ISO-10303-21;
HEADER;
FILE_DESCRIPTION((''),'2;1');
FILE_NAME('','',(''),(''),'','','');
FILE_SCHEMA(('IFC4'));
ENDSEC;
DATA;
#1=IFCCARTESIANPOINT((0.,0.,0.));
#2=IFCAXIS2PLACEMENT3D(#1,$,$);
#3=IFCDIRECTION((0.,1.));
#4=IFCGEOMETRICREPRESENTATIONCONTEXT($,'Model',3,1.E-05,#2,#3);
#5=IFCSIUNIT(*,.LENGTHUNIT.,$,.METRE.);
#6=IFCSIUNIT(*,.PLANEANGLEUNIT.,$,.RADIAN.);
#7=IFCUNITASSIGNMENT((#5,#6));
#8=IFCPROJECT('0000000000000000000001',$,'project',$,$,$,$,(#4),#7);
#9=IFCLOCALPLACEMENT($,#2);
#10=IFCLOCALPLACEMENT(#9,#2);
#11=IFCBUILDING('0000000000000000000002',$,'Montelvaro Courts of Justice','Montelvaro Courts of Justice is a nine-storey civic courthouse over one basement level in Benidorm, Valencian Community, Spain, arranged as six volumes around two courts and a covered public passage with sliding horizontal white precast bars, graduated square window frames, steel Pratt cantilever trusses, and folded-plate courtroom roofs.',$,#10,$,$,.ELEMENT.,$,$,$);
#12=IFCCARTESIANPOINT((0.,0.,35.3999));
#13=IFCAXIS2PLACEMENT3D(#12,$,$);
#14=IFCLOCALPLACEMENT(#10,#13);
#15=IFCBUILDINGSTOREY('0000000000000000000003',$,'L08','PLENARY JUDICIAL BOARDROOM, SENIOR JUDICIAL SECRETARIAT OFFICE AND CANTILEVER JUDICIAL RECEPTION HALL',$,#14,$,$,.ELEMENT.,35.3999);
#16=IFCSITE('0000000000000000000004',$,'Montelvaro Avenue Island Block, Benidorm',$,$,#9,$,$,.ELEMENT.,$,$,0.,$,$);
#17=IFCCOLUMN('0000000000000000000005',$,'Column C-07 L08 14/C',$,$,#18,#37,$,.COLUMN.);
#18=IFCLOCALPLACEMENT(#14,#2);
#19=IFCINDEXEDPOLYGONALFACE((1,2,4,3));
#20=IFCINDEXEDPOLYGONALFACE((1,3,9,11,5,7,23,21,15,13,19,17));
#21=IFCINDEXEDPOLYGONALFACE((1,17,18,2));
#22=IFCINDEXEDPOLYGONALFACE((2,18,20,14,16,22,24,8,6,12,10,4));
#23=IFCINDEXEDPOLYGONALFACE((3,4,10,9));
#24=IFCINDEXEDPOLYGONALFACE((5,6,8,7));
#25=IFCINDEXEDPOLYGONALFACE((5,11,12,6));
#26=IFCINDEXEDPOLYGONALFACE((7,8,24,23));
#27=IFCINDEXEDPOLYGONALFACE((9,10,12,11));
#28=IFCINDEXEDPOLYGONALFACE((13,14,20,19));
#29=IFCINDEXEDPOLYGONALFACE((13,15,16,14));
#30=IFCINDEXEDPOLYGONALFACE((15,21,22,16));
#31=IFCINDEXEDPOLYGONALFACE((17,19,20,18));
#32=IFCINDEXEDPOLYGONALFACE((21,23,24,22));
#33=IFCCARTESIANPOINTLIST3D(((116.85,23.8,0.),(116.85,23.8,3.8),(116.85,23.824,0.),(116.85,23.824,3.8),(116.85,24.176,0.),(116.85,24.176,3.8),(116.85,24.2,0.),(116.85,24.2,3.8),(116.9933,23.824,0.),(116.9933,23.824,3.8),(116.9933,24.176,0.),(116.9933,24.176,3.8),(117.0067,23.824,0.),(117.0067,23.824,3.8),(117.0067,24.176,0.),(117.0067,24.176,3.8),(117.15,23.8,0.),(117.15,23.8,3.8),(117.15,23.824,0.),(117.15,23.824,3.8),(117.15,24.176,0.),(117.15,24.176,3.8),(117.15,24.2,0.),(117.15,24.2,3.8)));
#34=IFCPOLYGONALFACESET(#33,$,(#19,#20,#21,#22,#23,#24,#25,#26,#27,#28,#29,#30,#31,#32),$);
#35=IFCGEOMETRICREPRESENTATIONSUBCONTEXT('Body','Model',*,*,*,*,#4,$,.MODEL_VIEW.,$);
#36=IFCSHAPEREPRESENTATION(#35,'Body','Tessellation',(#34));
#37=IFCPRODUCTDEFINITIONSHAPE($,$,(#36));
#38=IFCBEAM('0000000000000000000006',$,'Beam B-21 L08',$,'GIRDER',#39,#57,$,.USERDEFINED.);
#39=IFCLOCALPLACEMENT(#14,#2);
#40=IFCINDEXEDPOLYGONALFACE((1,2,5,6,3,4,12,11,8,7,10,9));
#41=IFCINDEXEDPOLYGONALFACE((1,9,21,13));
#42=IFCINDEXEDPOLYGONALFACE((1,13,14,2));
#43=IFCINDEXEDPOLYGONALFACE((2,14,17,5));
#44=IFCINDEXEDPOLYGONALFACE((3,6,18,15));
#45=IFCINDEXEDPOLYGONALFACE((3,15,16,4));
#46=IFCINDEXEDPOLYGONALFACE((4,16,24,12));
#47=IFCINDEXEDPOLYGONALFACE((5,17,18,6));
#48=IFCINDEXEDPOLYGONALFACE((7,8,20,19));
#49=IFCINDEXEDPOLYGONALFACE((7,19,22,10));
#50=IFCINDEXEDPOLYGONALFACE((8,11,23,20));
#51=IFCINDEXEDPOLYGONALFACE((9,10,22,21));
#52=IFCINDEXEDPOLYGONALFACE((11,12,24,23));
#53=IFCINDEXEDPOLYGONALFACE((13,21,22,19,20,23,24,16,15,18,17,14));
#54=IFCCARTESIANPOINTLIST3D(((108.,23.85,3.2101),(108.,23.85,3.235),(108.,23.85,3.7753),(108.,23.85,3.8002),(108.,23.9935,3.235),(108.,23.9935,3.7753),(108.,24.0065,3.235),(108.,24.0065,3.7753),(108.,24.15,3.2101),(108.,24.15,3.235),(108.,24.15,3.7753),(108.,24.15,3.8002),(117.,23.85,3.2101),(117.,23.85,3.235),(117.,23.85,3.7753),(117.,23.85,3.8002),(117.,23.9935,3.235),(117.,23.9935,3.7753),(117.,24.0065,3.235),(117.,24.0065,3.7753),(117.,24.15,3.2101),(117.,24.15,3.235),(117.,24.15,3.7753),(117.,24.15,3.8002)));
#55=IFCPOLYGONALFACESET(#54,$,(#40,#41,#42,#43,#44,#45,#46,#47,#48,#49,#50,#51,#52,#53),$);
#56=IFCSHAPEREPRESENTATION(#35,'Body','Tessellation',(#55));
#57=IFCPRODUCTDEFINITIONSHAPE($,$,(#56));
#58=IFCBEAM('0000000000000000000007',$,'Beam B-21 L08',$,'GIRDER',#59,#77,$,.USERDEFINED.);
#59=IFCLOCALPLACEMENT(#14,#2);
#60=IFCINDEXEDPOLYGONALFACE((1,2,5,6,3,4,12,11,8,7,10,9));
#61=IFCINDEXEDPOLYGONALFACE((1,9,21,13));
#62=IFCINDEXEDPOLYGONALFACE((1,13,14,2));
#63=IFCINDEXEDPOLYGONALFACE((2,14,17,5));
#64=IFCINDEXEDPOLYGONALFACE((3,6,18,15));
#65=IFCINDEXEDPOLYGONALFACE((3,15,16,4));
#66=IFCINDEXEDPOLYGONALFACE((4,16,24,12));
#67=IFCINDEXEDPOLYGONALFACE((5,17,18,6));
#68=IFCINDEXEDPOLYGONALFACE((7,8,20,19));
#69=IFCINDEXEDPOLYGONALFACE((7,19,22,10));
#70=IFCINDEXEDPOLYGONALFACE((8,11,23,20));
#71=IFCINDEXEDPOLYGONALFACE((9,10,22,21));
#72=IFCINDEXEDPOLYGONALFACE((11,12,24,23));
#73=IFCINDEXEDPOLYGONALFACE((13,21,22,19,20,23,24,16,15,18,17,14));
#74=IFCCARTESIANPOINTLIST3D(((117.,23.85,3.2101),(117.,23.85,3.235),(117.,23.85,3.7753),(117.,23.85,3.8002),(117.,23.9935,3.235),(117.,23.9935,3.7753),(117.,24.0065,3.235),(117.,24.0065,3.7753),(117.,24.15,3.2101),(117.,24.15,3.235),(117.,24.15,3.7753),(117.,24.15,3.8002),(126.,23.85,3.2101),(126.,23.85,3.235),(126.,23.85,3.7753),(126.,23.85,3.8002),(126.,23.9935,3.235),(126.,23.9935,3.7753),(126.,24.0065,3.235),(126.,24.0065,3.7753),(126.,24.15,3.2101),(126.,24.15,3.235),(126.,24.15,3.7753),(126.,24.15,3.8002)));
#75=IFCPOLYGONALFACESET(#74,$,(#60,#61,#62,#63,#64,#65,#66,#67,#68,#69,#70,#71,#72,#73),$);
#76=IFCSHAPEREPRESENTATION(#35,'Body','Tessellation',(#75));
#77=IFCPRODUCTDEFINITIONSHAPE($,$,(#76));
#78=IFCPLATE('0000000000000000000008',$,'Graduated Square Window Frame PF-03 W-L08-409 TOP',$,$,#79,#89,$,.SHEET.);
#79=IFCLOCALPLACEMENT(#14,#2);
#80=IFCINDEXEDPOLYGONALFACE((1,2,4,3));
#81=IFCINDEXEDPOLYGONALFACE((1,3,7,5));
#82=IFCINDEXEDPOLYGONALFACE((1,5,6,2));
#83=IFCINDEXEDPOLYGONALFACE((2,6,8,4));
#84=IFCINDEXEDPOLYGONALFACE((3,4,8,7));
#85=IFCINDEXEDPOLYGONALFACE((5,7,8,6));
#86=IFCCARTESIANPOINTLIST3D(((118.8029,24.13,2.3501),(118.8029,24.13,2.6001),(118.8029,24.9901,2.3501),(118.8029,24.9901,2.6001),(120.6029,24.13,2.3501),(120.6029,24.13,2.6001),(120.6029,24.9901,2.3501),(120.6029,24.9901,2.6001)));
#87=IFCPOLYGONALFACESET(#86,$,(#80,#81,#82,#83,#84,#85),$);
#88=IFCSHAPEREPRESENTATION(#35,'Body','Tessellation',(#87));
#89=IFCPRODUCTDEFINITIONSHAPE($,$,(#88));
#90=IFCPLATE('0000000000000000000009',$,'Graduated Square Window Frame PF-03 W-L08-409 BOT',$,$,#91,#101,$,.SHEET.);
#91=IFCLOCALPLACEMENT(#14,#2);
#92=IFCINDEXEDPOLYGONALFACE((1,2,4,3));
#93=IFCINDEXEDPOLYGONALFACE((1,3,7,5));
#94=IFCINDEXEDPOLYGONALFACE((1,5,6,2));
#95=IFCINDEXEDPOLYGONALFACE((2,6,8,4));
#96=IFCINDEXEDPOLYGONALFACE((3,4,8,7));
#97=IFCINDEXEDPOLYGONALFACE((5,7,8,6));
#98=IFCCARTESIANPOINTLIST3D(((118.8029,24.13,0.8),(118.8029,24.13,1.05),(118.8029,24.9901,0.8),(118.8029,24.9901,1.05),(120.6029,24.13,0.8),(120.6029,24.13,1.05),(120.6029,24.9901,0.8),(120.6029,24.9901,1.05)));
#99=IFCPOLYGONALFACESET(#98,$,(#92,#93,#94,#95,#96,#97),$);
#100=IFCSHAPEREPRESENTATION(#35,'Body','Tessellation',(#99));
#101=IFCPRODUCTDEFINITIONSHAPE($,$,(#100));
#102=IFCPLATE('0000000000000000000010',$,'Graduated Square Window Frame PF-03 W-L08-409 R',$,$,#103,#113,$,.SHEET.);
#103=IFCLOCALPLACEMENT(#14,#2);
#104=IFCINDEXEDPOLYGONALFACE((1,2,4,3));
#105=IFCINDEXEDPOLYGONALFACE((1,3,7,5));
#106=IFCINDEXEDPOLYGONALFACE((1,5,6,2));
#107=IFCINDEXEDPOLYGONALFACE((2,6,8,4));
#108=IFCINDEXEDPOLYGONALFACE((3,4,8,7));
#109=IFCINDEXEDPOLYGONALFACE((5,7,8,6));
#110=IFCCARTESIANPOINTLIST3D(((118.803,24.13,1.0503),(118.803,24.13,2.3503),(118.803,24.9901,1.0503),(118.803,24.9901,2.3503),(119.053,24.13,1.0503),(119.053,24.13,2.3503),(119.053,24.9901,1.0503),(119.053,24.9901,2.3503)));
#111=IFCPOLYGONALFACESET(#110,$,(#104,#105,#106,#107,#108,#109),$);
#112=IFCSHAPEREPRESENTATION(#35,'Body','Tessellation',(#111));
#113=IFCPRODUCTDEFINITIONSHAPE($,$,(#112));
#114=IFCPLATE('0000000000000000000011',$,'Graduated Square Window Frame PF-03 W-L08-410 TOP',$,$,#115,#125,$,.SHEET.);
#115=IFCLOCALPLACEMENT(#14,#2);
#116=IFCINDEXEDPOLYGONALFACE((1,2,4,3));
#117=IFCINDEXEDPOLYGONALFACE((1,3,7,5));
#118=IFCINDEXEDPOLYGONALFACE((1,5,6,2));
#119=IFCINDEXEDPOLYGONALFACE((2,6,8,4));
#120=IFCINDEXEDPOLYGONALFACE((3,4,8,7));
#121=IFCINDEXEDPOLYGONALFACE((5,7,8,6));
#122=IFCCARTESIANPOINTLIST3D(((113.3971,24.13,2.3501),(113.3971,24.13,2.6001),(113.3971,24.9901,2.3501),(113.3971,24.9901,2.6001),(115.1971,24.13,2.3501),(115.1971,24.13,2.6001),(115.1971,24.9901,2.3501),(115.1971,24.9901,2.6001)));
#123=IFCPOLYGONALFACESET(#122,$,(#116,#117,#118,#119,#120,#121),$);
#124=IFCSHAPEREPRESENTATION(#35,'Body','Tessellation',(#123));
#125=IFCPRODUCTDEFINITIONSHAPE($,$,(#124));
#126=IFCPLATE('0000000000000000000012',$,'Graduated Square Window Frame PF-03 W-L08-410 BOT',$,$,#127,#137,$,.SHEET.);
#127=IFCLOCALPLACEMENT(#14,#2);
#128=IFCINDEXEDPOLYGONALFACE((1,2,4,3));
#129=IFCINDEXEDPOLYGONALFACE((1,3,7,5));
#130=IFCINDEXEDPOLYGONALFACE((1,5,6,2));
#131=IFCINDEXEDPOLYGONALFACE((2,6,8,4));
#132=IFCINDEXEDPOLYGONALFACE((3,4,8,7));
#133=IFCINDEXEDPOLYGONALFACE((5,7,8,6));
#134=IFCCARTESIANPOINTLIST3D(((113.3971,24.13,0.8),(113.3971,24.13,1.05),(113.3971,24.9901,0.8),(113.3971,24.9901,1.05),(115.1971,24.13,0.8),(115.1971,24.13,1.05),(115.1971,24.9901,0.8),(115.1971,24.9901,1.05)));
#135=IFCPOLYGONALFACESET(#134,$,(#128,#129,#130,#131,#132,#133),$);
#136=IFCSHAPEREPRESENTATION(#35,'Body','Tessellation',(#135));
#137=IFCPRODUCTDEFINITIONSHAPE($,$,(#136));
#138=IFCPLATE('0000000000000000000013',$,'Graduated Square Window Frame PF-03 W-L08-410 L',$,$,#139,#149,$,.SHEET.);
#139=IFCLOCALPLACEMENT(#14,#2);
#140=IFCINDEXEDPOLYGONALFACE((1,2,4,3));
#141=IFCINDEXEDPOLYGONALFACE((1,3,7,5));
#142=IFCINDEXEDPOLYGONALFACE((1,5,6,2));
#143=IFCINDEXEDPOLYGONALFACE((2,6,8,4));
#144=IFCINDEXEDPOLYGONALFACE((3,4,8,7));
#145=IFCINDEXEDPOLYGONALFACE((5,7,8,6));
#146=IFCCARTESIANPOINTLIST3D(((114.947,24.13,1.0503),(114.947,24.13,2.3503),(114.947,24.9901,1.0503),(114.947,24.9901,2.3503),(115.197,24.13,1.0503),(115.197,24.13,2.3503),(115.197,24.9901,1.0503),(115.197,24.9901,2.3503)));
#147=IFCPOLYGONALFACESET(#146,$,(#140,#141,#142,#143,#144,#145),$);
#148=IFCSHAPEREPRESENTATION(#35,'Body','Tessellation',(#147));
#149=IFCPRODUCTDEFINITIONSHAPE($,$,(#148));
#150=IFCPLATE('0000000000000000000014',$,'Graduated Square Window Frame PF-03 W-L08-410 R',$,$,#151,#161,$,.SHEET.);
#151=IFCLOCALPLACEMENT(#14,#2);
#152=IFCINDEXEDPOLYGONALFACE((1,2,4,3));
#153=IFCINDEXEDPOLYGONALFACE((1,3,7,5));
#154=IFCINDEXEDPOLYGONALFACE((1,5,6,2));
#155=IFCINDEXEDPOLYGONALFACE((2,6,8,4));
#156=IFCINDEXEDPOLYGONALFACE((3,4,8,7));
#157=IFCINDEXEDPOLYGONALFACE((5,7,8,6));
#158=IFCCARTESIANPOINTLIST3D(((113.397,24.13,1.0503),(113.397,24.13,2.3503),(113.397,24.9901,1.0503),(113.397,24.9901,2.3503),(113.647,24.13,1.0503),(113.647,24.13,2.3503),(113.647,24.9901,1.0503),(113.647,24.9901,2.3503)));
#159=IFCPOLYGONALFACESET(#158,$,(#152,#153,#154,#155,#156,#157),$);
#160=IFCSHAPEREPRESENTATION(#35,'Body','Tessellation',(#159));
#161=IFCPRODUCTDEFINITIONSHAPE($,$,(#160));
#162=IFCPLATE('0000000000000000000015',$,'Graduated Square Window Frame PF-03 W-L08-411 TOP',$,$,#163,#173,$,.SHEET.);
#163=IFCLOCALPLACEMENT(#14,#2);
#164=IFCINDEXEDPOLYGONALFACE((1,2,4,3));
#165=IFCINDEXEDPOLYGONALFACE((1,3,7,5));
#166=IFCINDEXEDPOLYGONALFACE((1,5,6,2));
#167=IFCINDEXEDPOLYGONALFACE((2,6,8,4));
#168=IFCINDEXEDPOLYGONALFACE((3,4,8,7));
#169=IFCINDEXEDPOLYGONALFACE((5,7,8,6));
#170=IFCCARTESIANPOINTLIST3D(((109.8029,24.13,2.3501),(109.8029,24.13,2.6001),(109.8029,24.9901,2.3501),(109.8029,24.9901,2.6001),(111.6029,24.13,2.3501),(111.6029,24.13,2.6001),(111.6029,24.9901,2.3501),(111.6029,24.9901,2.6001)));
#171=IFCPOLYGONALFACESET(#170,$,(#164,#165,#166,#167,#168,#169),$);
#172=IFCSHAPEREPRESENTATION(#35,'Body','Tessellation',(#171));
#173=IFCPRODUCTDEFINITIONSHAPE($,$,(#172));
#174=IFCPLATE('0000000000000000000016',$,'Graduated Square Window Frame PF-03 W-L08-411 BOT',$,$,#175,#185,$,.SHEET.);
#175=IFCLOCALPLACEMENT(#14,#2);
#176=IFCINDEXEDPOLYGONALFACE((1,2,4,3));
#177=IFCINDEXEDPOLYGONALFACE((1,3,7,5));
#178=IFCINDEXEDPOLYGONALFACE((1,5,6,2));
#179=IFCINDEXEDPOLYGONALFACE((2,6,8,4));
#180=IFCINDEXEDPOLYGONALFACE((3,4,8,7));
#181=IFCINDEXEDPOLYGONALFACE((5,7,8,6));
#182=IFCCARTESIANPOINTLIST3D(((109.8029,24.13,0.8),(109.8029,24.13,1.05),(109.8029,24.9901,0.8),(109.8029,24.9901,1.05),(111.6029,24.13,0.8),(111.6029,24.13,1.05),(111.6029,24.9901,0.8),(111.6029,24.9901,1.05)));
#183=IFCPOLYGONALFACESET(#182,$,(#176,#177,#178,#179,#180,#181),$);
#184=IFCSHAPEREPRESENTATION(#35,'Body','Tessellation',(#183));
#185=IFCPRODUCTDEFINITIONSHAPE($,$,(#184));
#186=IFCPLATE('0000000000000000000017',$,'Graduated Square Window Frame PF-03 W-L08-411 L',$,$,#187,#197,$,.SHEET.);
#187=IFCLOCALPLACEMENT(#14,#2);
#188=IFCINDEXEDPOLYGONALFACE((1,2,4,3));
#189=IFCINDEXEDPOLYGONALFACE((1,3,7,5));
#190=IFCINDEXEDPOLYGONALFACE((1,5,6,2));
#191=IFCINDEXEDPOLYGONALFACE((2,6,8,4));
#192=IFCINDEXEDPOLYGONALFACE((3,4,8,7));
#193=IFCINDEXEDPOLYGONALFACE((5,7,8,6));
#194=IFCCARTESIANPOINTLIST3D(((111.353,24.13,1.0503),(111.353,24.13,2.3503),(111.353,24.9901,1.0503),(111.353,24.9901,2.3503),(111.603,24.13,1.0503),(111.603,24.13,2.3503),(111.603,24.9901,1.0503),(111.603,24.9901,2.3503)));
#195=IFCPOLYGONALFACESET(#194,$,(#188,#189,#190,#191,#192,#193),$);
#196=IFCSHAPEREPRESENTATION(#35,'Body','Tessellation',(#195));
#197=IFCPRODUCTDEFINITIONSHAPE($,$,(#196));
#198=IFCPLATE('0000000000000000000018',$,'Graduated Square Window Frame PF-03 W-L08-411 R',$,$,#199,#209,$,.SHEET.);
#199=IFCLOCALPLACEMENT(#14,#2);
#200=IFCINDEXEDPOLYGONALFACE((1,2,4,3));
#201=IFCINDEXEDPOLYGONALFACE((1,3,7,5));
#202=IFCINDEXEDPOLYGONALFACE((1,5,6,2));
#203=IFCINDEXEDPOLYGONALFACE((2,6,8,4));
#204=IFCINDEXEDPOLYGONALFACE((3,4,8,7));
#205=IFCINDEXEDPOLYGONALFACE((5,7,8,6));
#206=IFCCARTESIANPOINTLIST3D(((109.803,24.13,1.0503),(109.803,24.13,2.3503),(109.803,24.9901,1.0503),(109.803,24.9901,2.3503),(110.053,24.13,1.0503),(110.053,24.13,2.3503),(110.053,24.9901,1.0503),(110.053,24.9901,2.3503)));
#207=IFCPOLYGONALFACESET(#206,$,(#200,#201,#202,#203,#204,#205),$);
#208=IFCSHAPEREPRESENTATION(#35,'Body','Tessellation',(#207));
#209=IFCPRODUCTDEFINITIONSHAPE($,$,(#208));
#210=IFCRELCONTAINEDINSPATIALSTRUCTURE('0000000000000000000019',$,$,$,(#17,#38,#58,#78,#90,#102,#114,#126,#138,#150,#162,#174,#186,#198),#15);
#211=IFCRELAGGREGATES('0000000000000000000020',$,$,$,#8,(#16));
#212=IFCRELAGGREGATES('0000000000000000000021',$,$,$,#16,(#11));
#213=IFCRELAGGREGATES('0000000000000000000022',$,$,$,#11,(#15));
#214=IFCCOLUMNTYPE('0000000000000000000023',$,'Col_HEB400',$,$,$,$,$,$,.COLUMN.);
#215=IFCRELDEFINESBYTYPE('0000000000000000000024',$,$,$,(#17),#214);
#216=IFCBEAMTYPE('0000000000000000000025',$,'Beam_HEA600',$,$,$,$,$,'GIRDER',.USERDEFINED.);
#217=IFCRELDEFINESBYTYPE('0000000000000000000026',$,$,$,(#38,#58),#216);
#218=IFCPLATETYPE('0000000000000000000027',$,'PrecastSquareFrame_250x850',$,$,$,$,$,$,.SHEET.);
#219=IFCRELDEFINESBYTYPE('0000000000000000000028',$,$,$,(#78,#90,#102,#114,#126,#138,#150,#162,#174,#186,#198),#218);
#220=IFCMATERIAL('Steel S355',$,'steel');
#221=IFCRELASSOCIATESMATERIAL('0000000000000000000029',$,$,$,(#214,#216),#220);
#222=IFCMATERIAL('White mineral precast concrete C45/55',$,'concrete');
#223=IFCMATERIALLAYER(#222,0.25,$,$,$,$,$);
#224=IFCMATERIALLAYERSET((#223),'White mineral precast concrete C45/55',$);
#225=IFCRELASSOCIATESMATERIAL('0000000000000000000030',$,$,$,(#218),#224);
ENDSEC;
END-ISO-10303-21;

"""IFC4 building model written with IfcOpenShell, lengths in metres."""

from ifc_helpers import new_model, si_unit, direction, frame, origin, origin_2d, place, context, subcontext, project, spatial, rectangle, i_section, extrude, material, layer, layer_set, material_profile, profile_set, type_object, element, save


model = new_model("IFC4")

# Units and contexts
model_context = context("Model", 3, precision=1e-05, world=origin(), true_north=direction((0.0, 1.0)))
body_context = subcontext(model_context, "Body", "Model", "MODEL_VIEW")
ifc_project = project(units=[si_unit("LENGTHUNIT", "METRE"), si_unit("PLANEANGLEUNIT", "RADIAN")], contexts=[model_context])

# Site, building, storey
site_placement = place(None, origin())
site = spatial("IfcSite", under=ifc_project, at=site_placement, Name="Montelvaro Avenue Island Block, Benidorm", CompositionType="ELEMENT", RefElevation=0.0)
building_placement = place(site_placement, origin())
building = spatial("IfcBuilding", under=site, at=building_placement, Name="Montelvaro Courts of Justice", Description="Montelvaro Courts of Justice is a nine-storey civic courthouse over one basement level in Benidorm, Valencian Community, Spain, arranged as six volumes around two courts and a covered public passage with sliding horizontal white precast bars, graduated square window frames, steel Pratt cantilever trusses, and folded-plate courtroom roofs.", CompositionType="ELEMENT")
storey_placement = place(building_placement, frame((0.0, 0.0, 35.3999)))
storey = spatial("IfcBuildingStorey", under=building, at=storey_placement, Name="L08", Description="PLENARY JUDICIAL BOARDROOM, SENIOR JUDICIAL SECRETARIAT OFFICE AND CANTILEVER JUDICIAL RECEPTION HALL", CompositionType="ELEMENT", Elevation=35.3999)

# Column
ifc_material_1 = material(Name="Steel S355", Category="steel")
ifc_material_profile_1 = material_profile(ifc_material_1, i_section(OverallWidth=0.3, OverallDepth=0.3999, WebThickness=0.0134, FlangeThickness=0.0239, at=origin_2d()), Name="HEB 400")
ifc_profile_set_1 = profile_set([ifc_material_profile_1], Name="Steel S355")
column_type = type_object("IfcColumnType", Name="Col_HEB400", PredefinedType="COLUMN", material=ifc_profile_set_1)
column_placement = place(storey_placement, frame((117.0, 24.0, 0.0), z_axis=(0.0, 0.0, 1.0), x_axis=(1.0, 0.0, 0.0)))
element("IfcColumn", 1, at=column_placement, inside=storey, type_object=column_type, Name="Column C-07 L08 14/C", PredefinedType="COLUMN", context=body_context, shape_type="SweptSolid", body=[
    extrude(i_section(OverallWidth=0.3, OverallDepth=0.3999, WebThickness=0.0134, FlangeThickness=0.0239, at=origin_2d()), origin(), (0.0, 0.0, 1.0), 3.8),
])

# Beams
ifc_material_profile_2 = material_profile(ifc_material_1, i_section(OverallWidth=0.3, OverallDepth=0.5901, WebThickness=0.0129, FlangeThickness=0.0249, at=origin_2d()), Name="HEA 600")
ifc_profile_set_2 = profile_set([ifc_material_profile_2], Name="Steel S355")
beam_type = type_object("IfcBeamType", Name="Beam_HEA600", ElementType="GIRDER", PredefinedType="USERDEFINED", material=ifc_profile_set_2)
for number, where, z_axis, x_axis, name in (
    (2, (108.0, 24.0, 3.5051), (1.0, 0.0, 0.0), (0.0, 1.0, 0.0), "Beam B-21 L08"),
    (3, (117.0, 24.0, 3.5051), (1.0, 0.0, 0.0), (0.0, 1.0, 0.0), "Beam B-21 L08"),
):
    element("IfcBeam", number, at=place(storey_placement, frame(where, z_axis=z_axis, x_axis=x_axis)), inside=storey, type_object=beam_type, Name=name, ObjectType="GIRDER", PredefinedType="USERDEFINED", context=body_context, shape_type="SweptSolid", body=[
        extrude(i_section(OverallWidth=0.3, OverallDepth=0.5901, WebThickness=0.0129, FlangeThickness=0.0249, at=origin_2d()), origin(), (0.0, 0.0, 1.0), 9.0),
    ])

# Plates
ifc_material_2 = material(Name="White mineral precast concrete C45/55", Category="concrete")
ifc_layer_1 = layer(ifc_material_2, 0.25)
ifc_layer_set_1 = layer_set([ifc_layer_1], Name="White mineral precast concrete C45/55")
plate_type = type_object("IfcPlateType", Name="PrecastSquareFrame_250x850", PredefinedType="SHEET", material=ifc_layer_set_1)
for number, where, z_axis, x_axis, name in (
    (4, (119.7029, 24.5601, 2.3501), (0.0, 0.0, 1.0), (-1.0, 0.0, 0.0), "Graduated Square Window Frame PF-03 W-L08-409 TOP"),
    (5, (119.7029, 24.5601, 0.8), (0.0, 0.0, 1.0), (-1.0, 0.0, 0.0), "Graduated Square Window Frame PF-03 W-L08-409 BOT"),
):
    element("IfcPlate", number, at=place(storey_placement, frame(where, z_axis=z_axis, x_axis=x_axis)), inside=storey, type_object=plate_type, Name=name, PredefinedType="SHEET", context=body_context, shape_type="SweptSolid", body=[
        extrude(rectangle(XDim=1.8, YDim=0.8601, at=origin_2d()), origin(), (0.0, 0.0, 1.0), 0.25),
    ])
plate_placement = place(storey_placement, frame((118.928, 24.5601, 1.0503), z_axis=(0.0, 0.0, 1.0), x_axis=(-1.0, 0.0, 0.0)))
element("IfcPlate", 6, at=plate_placement, inside=storey, type_object=plate_type, Name="Graduated Square Window Frame PF-03 W-L08-409 R", PredefinedType="SHEET", context=body_context, shape_type="SweptSolid", body=[
    extrude(rectangle(XDim=0.25, YDim=0.8601, at=origin_2d()), origin(), (0.0, 0.0, 1.0), 1.3),
])
for number, where, z_axis, x_axis, name in (
    (7, (114.2971, 24.5601, 2.3501), (0.0, 0.0, 1.0), (-1.0, 0.0, 0.0), "Graduated Square Window Frame PF-03 W-L08-410 TOP"),
    (8, (114.2971, 24.5601, 0.8), (0.0, 0.0, 1.0), (-1.0, 0.0, 0.0), "Graduated Square Window Frame PF-03 W-L08-410 BOT"),
):
    element("IfcPlate", number, at=place(storey_placement, frame(where, z_axis=z_axis, x_axis=x_axis)), inside=storey, type_object=plate_type, Name=name, PredefinedType="SHEET", context=body_context, shape_type="SweptSolid", body=[
        extrude(rectangle(XDim=1.8, YDim=0.8601, at=origin_2d()), origin(), (0.0, 0.0, 1.0), 0.25),
    ])
for number, where, z_axis, x_axis, name in (
    (9, (115.072, 24.5601, 1.0503), (0.0, 0.0, 1.0), (-1.0, 0.0, 0.0), "Graduated Square Window Frame PF-03 W-L08-410 L"),
    (10, (113.522, 24.5601, 1.0503), (0.0, 0.0, 1.0), (-1.0, 0.0, 0.0), "Graduated Square Window Frame PF-03 W-L08-410 R"),
):
    element("IfcPlate", number, at=place(storey_placement, frame(where, z_axis=z_axis, x_axis=x_axis)), inside=storey, type_object=plate_type, Name=name, PredefinedType="SHEET", context=body_context, shape_type="SweptSolid", body=[
        extrude(rectangle(XDim=0.25, YDim=0.8601, at=origin_2d()), origin(), (0.0, 0.0, 1.0), 1.3),
    ])
for number, where, z_axis, x_axis, name in (
    (11, (110.7029, 24.5601, 2.3501), (0.0, 0.0, 1.0), (-1.0, 0.0, 0.0), "Graduated Square Window Frame PF-03 W-L08-411 TOP"),
    (12, (110.7029, 24.5601, 0.8), (0.0, 0.0, 1.0), (-1.0, 0.0, 0.0), "Graduated Square Window Frame PF-03 W-L08-411 BOT"),
):
    element("IfcPlate", number, at=place(storey_placement, frame(where, z_axis=z_axis, x_axis=x_axis)), inside=storey, type_object=plate_type, Name=name, PredefinedType="SHEET", context=body_context, shape_type="SweptSolid", body=[
        extrude(rectangle(XDim=1.8, YDim=0.8601, at=origin_2d()), origin(), (0.0, 0.0, 1.0), 0.25),
    ])
for number, where, z_axis, x_axis, name in (
    (13, (111.478, 24.5601, 1.0503), (0.0, 0.0, 1.0), (-1.0, 0.0, 0.0), "Graduated Square Window Frame PF-03 W-L08-411 L"),
    (14, (109.928, 24.5601, 1.0503), (0.0, 0.0, 1.0), (-1.0, 0.0, 0.0), "Graduated Square Window Frame PF-03 W-L08-411 R"),
):
    element("IfcPlate", number, at=place(storey_placement, frame(where, z_axis=z_axis, x_axis=x_axis)), inside=storey, type_object=plate_type, Name=name, PredefinedType="SHEET", context=body_context, shape_type="SweptSolid", body=[
        extrude(rectangle(XDim=0.25, YDim=0.8601, at=origin_2d()), origin(), (0.0, 0.0, 1.0), 1.3),
    ])

save(model, "model.ifc")
